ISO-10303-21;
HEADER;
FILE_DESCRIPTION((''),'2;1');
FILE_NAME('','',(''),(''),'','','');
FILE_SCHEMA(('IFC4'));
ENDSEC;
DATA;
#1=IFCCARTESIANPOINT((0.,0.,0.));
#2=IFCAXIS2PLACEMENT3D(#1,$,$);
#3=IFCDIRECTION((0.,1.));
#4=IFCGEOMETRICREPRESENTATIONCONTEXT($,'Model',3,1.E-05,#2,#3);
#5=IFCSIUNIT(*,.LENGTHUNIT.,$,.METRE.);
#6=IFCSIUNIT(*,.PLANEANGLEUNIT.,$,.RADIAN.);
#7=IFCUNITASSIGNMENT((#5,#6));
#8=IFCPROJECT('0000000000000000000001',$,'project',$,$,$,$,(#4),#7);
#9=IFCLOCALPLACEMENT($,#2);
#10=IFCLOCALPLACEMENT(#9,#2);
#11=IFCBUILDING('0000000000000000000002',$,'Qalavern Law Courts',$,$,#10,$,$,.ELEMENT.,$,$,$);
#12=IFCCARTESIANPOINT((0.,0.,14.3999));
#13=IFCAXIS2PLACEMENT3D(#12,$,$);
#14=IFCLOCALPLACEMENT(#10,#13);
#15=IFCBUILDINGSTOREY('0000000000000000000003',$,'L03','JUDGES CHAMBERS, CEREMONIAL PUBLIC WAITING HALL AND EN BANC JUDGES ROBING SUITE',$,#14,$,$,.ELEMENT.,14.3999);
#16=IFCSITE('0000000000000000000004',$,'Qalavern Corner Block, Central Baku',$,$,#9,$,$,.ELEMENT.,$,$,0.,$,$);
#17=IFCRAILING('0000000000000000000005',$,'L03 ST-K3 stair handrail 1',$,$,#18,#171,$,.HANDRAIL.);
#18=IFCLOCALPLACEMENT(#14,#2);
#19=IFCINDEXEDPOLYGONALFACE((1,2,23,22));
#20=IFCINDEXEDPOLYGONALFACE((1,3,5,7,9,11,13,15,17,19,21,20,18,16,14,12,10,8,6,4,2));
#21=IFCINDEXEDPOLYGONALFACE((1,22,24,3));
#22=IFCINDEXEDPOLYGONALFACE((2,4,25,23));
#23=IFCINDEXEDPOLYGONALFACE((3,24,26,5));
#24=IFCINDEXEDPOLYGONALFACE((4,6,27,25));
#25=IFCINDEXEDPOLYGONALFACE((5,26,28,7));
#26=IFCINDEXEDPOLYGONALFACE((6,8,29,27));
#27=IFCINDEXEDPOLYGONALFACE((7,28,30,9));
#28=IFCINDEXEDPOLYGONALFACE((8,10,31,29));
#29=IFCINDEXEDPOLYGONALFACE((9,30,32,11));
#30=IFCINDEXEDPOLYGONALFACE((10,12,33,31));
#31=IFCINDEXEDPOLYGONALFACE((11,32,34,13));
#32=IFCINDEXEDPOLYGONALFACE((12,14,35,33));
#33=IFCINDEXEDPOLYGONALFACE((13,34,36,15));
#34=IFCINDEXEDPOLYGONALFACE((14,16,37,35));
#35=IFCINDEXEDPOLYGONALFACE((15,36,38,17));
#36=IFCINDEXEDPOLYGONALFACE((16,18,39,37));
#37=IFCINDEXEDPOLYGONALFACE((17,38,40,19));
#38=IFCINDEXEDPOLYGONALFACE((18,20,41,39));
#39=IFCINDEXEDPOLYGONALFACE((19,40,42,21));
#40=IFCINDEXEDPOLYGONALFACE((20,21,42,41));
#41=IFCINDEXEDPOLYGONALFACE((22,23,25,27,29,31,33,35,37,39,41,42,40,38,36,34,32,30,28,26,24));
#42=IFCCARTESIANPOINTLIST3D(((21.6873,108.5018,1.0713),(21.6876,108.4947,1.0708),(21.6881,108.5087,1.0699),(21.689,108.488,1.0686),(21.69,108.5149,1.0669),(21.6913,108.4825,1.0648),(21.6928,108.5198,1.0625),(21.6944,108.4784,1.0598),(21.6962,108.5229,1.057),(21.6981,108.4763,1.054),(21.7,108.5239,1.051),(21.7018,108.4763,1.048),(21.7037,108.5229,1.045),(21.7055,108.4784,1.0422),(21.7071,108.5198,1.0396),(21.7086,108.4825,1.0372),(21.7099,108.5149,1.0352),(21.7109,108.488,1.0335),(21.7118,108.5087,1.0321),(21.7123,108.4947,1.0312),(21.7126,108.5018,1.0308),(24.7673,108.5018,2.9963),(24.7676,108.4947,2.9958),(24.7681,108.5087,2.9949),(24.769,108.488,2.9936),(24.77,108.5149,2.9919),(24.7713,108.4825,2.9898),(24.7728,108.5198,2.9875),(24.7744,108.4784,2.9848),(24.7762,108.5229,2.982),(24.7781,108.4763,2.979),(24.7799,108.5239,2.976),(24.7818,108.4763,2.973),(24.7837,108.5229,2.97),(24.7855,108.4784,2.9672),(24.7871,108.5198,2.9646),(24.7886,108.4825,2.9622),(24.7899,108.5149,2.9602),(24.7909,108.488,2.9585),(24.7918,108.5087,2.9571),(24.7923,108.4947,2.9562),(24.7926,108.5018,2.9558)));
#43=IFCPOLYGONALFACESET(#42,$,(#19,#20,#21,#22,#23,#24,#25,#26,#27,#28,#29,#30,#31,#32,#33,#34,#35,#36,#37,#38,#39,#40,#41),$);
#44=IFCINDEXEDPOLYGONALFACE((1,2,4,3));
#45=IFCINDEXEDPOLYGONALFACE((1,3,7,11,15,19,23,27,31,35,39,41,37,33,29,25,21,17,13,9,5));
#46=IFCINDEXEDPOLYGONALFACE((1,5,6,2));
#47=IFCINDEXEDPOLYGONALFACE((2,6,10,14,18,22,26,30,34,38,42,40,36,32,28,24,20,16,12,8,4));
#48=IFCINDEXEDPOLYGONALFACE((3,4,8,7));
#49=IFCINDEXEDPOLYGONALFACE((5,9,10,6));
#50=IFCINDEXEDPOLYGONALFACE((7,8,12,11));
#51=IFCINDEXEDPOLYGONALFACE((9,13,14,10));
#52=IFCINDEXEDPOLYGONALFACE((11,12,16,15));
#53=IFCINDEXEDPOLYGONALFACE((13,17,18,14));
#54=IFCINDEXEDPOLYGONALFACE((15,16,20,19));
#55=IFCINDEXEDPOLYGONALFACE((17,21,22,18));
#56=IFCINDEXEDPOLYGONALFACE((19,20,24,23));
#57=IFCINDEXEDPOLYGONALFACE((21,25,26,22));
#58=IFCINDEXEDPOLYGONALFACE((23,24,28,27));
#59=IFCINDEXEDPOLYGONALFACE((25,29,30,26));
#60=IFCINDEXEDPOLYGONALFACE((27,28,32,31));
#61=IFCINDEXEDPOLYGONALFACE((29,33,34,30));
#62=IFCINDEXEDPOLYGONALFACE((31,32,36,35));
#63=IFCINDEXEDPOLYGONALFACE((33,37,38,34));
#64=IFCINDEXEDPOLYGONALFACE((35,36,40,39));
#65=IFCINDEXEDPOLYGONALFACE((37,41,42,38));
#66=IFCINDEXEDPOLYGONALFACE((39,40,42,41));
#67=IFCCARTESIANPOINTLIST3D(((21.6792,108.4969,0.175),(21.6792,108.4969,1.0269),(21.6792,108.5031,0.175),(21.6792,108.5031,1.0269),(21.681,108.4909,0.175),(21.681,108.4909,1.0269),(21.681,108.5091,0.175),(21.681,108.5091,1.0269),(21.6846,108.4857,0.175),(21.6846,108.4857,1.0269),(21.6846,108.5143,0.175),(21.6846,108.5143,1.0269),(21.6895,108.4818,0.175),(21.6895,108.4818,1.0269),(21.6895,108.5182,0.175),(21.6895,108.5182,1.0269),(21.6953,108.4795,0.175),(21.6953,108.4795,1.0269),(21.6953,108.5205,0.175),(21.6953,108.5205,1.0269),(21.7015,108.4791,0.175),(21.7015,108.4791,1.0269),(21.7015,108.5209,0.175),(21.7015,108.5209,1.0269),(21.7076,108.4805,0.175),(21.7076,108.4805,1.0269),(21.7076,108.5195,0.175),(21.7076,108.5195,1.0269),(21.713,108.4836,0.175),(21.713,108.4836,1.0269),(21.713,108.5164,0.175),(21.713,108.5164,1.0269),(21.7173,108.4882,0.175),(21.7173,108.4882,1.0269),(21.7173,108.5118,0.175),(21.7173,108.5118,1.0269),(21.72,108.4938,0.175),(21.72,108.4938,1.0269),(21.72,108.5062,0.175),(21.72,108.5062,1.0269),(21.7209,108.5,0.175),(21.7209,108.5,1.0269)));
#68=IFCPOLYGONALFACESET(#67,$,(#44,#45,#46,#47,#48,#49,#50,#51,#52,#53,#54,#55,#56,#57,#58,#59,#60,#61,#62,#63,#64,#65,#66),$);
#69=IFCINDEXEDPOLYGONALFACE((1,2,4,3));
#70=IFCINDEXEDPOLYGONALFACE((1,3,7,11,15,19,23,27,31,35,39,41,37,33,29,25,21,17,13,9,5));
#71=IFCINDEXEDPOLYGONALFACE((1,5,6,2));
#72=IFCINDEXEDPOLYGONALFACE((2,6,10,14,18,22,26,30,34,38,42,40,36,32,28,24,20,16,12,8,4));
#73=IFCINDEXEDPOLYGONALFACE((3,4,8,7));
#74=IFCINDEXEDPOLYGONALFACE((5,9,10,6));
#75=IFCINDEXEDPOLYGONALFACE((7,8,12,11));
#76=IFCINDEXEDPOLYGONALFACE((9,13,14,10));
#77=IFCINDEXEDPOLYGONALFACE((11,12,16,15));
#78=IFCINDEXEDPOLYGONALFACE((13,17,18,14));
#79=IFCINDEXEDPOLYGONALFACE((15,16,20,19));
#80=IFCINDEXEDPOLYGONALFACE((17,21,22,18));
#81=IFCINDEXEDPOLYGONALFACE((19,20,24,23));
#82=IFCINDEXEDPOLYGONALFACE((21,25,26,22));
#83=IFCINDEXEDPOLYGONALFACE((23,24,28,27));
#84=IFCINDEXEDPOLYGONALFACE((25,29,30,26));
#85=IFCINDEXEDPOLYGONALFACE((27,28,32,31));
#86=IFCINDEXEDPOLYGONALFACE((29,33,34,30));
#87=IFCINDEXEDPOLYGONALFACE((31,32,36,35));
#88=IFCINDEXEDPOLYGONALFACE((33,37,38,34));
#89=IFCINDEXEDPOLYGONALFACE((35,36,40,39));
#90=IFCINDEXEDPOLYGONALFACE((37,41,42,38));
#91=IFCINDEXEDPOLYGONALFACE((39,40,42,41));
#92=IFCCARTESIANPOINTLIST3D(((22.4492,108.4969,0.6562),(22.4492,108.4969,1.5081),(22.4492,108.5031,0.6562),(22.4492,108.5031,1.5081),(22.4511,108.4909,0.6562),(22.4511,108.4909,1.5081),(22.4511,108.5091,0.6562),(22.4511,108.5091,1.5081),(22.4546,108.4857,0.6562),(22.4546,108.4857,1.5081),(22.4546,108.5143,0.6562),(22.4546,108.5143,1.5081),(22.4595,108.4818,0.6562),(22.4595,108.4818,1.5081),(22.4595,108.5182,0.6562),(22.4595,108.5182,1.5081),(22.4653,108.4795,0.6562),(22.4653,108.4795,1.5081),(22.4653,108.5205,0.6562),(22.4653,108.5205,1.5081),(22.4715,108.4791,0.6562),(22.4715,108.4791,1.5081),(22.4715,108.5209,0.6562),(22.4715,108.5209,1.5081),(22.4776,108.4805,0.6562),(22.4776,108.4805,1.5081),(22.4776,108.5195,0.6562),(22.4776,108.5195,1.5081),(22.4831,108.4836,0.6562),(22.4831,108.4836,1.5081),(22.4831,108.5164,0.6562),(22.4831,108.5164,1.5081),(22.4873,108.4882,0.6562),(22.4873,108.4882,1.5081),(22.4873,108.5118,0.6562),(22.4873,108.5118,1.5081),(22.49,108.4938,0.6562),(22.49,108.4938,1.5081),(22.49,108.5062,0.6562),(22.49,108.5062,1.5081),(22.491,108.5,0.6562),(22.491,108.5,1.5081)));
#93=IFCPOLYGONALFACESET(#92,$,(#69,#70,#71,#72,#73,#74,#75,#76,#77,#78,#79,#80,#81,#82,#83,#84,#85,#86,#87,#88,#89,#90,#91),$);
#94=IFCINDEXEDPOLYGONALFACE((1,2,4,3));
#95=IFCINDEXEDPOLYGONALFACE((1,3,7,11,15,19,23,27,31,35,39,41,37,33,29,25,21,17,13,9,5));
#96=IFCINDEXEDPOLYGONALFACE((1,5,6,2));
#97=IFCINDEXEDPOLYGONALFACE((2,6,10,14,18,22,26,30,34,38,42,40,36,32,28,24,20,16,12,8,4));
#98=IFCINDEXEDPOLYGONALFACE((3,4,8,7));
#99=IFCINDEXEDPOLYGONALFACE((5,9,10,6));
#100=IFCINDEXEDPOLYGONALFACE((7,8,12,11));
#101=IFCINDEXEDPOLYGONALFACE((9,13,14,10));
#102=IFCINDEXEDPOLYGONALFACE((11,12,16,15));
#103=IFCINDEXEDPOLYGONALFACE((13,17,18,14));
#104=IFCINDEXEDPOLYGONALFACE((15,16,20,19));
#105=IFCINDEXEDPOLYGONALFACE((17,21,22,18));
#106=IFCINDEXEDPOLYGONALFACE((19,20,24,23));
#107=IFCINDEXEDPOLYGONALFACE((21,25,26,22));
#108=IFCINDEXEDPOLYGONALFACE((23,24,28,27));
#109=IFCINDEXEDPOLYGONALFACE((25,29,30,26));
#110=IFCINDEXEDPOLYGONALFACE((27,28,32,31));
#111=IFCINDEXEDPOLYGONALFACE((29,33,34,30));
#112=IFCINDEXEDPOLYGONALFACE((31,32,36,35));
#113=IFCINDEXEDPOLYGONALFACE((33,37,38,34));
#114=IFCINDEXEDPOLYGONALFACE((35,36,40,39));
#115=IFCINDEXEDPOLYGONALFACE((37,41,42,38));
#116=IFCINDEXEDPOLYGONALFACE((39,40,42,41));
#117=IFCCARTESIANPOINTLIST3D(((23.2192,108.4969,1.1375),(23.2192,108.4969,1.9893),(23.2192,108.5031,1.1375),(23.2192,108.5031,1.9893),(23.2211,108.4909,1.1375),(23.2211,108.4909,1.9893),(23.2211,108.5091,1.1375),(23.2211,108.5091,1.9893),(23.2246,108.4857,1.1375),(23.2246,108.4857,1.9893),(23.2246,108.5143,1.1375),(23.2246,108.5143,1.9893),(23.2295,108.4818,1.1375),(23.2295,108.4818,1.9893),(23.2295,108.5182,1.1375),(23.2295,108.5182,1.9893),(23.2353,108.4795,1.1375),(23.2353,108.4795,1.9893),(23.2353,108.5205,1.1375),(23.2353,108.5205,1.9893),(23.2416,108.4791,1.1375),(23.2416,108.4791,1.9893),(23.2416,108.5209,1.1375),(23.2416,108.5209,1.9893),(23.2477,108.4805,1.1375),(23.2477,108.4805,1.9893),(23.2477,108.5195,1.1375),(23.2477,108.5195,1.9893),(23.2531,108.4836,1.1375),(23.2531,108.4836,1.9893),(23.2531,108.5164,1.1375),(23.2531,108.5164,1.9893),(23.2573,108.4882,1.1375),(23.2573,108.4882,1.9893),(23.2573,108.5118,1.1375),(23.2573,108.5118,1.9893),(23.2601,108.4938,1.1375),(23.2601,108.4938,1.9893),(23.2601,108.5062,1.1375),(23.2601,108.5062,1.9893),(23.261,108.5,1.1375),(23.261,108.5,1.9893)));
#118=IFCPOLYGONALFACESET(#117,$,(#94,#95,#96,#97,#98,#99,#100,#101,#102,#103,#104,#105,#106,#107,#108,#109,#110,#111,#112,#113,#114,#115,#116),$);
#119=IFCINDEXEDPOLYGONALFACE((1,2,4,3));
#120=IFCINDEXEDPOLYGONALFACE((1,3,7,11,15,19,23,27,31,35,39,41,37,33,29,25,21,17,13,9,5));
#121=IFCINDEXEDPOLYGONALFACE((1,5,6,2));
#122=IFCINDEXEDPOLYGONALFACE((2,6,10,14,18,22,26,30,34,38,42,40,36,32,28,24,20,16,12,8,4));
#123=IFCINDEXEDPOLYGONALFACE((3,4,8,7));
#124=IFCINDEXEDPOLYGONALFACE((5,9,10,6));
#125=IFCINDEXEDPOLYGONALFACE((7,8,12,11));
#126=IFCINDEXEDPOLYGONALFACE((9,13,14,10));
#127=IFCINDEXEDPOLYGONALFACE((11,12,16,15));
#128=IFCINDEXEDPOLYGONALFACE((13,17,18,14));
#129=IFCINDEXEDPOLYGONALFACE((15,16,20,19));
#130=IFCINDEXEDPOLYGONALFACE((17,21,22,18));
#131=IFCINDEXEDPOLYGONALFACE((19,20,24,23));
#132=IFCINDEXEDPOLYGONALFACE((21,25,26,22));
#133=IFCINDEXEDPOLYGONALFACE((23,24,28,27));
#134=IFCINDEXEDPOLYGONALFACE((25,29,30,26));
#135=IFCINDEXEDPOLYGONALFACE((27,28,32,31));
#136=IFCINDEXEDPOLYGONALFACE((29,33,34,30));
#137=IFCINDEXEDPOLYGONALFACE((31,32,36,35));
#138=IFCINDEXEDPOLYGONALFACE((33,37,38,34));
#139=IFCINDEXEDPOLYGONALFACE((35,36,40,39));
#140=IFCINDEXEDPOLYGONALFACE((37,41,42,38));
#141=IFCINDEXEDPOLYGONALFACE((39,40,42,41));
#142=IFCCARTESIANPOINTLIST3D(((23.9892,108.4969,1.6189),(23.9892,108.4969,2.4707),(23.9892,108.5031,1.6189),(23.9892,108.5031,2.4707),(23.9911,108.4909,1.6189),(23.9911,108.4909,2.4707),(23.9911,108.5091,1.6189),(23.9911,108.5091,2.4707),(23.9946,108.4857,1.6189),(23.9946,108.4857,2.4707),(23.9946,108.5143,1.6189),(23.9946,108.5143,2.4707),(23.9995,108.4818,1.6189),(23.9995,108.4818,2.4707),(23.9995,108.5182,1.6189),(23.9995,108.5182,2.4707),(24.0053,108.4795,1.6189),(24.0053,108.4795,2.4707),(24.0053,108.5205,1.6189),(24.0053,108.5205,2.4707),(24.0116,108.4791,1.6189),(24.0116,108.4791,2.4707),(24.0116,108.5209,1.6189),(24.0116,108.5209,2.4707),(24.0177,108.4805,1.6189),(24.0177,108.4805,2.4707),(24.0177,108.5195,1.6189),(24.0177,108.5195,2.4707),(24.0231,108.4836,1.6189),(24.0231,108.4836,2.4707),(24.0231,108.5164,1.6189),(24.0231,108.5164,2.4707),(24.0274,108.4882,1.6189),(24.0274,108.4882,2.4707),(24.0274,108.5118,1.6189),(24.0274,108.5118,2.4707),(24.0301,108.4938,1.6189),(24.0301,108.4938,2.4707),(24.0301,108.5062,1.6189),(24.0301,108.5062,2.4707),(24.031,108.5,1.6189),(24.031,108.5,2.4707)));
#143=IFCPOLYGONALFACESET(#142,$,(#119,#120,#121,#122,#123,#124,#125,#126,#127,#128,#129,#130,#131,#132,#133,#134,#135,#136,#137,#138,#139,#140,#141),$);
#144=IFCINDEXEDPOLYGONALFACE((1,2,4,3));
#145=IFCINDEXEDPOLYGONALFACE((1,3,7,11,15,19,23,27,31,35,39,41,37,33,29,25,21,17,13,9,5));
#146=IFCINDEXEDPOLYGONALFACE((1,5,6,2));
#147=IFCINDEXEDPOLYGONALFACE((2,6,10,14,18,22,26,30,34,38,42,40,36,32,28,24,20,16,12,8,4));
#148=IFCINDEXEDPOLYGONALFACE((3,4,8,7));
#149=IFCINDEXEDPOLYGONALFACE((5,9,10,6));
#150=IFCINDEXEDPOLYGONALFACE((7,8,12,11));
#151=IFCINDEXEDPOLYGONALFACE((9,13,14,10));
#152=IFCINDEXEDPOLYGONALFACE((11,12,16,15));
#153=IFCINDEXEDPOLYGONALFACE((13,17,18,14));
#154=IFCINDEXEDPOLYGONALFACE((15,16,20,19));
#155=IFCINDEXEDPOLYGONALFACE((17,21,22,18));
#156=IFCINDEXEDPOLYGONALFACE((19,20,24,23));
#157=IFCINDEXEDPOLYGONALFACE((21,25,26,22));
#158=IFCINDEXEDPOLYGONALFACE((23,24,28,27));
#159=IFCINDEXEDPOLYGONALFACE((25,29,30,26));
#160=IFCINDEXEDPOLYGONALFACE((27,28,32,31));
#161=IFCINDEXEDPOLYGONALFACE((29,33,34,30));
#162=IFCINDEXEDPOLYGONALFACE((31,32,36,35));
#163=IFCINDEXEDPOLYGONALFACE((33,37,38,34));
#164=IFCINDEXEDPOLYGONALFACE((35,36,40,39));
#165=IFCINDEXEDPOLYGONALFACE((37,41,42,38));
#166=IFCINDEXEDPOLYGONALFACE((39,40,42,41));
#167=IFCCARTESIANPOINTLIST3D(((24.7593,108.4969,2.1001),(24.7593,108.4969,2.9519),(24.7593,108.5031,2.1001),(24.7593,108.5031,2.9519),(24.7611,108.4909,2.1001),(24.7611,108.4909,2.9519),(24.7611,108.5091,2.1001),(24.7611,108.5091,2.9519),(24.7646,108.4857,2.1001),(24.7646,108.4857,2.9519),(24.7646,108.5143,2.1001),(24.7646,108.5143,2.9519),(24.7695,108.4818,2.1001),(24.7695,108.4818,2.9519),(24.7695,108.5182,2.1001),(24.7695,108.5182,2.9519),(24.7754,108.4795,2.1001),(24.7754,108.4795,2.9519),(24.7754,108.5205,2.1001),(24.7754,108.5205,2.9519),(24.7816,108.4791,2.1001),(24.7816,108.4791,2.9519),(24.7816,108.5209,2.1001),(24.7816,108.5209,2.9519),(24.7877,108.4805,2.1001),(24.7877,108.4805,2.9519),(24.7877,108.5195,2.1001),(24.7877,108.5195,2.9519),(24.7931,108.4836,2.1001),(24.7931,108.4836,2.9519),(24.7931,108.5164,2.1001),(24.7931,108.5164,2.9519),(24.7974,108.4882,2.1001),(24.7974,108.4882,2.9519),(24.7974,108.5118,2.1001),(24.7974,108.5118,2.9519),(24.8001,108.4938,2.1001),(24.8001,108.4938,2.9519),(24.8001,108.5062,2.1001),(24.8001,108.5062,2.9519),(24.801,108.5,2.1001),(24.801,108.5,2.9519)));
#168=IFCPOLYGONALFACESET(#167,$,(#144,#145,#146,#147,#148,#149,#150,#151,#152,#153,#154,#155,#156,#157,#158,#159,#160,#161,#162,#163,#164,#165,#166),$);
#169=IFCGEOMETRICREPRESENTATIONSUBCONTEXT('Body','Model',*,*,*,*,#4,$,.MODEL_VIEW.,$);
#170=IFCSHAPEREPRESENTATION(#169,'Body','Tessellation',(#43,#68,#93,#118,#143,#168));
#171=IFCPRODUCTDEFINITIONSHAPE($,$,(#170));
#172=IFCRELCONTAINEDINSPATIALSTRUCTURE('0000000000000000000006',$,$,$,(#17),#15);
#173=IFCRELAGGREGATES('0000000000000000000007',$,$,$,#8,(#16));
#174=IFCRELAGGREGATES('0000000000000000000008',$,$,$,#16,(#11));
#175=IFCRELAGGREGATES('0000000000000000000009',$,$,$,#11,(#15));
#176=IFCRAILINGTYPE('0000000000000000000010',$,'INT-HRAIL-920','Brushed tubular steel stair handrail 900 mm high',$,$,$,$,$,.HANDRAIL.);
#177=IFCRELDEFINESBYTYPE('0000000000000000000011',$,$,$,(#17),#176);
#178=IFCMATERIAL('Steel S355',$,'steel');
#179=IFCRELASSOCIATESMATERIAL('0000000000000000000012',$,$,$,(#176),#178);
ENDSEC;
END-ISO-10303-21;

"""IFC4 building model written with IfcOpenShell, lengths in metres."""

from ifc_helpers import new_model, si_unit, direction, frame, origin, origin_2d, place, context, subcontext, project, spatial, circle, extrude, material, type_object, element, save


model = new_model("IFC4")

# Units and contexts
model_context = context("Model", 3, precision=1e-05, world=origin(), true_north=direction((0.0, 1.0)))
body_context = subcontext(model_context, "Body", "Model", "MODEL_VIEW")
ifc_project = project(units=[si_unit("LENGTHUNIT", "METRE"), si_unit("PLANEANGLEUNIT", "RADIAN")], contexts=[model_context])

# Site, building, storey
site_placement = place(None, origin())
site = spatial("IfcSite", under=ifc_project, at=site_placement, Name="Qalavern Corner Block, Central Baku", CompositionType="ELEMENT", RefElevation=0.0)
building_placement = place(site_placement, origin())
building = spatial("IfcBuilding", under=site, at=building_placement, Name="Qalavern Law Courts", CompositionType="ELEMENT")
storey_placement = place(building_placement, frame((0.0, 0.0, 14.3999)))
storey = spatial("IfcBuildingStorey", under=building, at=storey_placement, Name="L03", Description="JUDGES CHAMBERS, CEREMONIAL PUBLIC WAITING HALL AND EN BANC JUDGES ROBING SUITE", CompositionType="ELEMENT", Elevation=14.3999)

# Shared definitions
ifc_material_1 = material(Name="Steel S355", Category="steel")

# Railing
railing_type_1 = type_object("IfcRailingType", Name="INT-HRAIL-920", Description="Brushed tubular steel stair handrail 900 mm high", PredefinedType="HANDRAIL", material=ifc_material_1)
railing_1_placement = place(storey_placement, frame((21.7, 108.5, 0.175)))
element("IfcRailing", 1, at=railing_1_placement, inside=storey, type_object=railing_type_1, Name="L03 ST-K3 stair handrail 1", PredefinedType="HANDRAIL", context=body_context, shape_type="SweptSolid", body=[
    extrude(circle(Radius=0.0239, at=origin_2d()), frame((0.0, 0.0, 0.876), z_axis=(0.847998, 0.0, 0.529999), x_axis=(0.0, 1.0, 0.0)), (0.0, 0.0, 1.0), 3.6321),
    extrude(circle(Radius=0.021, at=origin_2d()), origin(), (0.0, 0.0, 1.0), 0.8518),
    extrude(circle(Radius=0.021, at=origin_2d()), frame((0.77, 0.0, 0.4812)), (0.0, 0.0, 1.0), 0.8518),
    extrude(circle(Radius=0.021, at=origin_2d()), frame((1.54, 0.0, 0.9624)), (0.0, 0.0, 1.0), 0.8518),
    extrude(circle(Radius=0.021, at=origin_2d()), frame((2.3101, 0.0, 1.4438)), (0.0, 0.0, 1.0), 0.8518),
    extrude(circle(Radius=0.021, at=origin_2d()), frame((3.0801, 0.0, 1.925)), (0.0, 0.0, 1.0), 0.8518),
])

save(model, "model.ifc")
